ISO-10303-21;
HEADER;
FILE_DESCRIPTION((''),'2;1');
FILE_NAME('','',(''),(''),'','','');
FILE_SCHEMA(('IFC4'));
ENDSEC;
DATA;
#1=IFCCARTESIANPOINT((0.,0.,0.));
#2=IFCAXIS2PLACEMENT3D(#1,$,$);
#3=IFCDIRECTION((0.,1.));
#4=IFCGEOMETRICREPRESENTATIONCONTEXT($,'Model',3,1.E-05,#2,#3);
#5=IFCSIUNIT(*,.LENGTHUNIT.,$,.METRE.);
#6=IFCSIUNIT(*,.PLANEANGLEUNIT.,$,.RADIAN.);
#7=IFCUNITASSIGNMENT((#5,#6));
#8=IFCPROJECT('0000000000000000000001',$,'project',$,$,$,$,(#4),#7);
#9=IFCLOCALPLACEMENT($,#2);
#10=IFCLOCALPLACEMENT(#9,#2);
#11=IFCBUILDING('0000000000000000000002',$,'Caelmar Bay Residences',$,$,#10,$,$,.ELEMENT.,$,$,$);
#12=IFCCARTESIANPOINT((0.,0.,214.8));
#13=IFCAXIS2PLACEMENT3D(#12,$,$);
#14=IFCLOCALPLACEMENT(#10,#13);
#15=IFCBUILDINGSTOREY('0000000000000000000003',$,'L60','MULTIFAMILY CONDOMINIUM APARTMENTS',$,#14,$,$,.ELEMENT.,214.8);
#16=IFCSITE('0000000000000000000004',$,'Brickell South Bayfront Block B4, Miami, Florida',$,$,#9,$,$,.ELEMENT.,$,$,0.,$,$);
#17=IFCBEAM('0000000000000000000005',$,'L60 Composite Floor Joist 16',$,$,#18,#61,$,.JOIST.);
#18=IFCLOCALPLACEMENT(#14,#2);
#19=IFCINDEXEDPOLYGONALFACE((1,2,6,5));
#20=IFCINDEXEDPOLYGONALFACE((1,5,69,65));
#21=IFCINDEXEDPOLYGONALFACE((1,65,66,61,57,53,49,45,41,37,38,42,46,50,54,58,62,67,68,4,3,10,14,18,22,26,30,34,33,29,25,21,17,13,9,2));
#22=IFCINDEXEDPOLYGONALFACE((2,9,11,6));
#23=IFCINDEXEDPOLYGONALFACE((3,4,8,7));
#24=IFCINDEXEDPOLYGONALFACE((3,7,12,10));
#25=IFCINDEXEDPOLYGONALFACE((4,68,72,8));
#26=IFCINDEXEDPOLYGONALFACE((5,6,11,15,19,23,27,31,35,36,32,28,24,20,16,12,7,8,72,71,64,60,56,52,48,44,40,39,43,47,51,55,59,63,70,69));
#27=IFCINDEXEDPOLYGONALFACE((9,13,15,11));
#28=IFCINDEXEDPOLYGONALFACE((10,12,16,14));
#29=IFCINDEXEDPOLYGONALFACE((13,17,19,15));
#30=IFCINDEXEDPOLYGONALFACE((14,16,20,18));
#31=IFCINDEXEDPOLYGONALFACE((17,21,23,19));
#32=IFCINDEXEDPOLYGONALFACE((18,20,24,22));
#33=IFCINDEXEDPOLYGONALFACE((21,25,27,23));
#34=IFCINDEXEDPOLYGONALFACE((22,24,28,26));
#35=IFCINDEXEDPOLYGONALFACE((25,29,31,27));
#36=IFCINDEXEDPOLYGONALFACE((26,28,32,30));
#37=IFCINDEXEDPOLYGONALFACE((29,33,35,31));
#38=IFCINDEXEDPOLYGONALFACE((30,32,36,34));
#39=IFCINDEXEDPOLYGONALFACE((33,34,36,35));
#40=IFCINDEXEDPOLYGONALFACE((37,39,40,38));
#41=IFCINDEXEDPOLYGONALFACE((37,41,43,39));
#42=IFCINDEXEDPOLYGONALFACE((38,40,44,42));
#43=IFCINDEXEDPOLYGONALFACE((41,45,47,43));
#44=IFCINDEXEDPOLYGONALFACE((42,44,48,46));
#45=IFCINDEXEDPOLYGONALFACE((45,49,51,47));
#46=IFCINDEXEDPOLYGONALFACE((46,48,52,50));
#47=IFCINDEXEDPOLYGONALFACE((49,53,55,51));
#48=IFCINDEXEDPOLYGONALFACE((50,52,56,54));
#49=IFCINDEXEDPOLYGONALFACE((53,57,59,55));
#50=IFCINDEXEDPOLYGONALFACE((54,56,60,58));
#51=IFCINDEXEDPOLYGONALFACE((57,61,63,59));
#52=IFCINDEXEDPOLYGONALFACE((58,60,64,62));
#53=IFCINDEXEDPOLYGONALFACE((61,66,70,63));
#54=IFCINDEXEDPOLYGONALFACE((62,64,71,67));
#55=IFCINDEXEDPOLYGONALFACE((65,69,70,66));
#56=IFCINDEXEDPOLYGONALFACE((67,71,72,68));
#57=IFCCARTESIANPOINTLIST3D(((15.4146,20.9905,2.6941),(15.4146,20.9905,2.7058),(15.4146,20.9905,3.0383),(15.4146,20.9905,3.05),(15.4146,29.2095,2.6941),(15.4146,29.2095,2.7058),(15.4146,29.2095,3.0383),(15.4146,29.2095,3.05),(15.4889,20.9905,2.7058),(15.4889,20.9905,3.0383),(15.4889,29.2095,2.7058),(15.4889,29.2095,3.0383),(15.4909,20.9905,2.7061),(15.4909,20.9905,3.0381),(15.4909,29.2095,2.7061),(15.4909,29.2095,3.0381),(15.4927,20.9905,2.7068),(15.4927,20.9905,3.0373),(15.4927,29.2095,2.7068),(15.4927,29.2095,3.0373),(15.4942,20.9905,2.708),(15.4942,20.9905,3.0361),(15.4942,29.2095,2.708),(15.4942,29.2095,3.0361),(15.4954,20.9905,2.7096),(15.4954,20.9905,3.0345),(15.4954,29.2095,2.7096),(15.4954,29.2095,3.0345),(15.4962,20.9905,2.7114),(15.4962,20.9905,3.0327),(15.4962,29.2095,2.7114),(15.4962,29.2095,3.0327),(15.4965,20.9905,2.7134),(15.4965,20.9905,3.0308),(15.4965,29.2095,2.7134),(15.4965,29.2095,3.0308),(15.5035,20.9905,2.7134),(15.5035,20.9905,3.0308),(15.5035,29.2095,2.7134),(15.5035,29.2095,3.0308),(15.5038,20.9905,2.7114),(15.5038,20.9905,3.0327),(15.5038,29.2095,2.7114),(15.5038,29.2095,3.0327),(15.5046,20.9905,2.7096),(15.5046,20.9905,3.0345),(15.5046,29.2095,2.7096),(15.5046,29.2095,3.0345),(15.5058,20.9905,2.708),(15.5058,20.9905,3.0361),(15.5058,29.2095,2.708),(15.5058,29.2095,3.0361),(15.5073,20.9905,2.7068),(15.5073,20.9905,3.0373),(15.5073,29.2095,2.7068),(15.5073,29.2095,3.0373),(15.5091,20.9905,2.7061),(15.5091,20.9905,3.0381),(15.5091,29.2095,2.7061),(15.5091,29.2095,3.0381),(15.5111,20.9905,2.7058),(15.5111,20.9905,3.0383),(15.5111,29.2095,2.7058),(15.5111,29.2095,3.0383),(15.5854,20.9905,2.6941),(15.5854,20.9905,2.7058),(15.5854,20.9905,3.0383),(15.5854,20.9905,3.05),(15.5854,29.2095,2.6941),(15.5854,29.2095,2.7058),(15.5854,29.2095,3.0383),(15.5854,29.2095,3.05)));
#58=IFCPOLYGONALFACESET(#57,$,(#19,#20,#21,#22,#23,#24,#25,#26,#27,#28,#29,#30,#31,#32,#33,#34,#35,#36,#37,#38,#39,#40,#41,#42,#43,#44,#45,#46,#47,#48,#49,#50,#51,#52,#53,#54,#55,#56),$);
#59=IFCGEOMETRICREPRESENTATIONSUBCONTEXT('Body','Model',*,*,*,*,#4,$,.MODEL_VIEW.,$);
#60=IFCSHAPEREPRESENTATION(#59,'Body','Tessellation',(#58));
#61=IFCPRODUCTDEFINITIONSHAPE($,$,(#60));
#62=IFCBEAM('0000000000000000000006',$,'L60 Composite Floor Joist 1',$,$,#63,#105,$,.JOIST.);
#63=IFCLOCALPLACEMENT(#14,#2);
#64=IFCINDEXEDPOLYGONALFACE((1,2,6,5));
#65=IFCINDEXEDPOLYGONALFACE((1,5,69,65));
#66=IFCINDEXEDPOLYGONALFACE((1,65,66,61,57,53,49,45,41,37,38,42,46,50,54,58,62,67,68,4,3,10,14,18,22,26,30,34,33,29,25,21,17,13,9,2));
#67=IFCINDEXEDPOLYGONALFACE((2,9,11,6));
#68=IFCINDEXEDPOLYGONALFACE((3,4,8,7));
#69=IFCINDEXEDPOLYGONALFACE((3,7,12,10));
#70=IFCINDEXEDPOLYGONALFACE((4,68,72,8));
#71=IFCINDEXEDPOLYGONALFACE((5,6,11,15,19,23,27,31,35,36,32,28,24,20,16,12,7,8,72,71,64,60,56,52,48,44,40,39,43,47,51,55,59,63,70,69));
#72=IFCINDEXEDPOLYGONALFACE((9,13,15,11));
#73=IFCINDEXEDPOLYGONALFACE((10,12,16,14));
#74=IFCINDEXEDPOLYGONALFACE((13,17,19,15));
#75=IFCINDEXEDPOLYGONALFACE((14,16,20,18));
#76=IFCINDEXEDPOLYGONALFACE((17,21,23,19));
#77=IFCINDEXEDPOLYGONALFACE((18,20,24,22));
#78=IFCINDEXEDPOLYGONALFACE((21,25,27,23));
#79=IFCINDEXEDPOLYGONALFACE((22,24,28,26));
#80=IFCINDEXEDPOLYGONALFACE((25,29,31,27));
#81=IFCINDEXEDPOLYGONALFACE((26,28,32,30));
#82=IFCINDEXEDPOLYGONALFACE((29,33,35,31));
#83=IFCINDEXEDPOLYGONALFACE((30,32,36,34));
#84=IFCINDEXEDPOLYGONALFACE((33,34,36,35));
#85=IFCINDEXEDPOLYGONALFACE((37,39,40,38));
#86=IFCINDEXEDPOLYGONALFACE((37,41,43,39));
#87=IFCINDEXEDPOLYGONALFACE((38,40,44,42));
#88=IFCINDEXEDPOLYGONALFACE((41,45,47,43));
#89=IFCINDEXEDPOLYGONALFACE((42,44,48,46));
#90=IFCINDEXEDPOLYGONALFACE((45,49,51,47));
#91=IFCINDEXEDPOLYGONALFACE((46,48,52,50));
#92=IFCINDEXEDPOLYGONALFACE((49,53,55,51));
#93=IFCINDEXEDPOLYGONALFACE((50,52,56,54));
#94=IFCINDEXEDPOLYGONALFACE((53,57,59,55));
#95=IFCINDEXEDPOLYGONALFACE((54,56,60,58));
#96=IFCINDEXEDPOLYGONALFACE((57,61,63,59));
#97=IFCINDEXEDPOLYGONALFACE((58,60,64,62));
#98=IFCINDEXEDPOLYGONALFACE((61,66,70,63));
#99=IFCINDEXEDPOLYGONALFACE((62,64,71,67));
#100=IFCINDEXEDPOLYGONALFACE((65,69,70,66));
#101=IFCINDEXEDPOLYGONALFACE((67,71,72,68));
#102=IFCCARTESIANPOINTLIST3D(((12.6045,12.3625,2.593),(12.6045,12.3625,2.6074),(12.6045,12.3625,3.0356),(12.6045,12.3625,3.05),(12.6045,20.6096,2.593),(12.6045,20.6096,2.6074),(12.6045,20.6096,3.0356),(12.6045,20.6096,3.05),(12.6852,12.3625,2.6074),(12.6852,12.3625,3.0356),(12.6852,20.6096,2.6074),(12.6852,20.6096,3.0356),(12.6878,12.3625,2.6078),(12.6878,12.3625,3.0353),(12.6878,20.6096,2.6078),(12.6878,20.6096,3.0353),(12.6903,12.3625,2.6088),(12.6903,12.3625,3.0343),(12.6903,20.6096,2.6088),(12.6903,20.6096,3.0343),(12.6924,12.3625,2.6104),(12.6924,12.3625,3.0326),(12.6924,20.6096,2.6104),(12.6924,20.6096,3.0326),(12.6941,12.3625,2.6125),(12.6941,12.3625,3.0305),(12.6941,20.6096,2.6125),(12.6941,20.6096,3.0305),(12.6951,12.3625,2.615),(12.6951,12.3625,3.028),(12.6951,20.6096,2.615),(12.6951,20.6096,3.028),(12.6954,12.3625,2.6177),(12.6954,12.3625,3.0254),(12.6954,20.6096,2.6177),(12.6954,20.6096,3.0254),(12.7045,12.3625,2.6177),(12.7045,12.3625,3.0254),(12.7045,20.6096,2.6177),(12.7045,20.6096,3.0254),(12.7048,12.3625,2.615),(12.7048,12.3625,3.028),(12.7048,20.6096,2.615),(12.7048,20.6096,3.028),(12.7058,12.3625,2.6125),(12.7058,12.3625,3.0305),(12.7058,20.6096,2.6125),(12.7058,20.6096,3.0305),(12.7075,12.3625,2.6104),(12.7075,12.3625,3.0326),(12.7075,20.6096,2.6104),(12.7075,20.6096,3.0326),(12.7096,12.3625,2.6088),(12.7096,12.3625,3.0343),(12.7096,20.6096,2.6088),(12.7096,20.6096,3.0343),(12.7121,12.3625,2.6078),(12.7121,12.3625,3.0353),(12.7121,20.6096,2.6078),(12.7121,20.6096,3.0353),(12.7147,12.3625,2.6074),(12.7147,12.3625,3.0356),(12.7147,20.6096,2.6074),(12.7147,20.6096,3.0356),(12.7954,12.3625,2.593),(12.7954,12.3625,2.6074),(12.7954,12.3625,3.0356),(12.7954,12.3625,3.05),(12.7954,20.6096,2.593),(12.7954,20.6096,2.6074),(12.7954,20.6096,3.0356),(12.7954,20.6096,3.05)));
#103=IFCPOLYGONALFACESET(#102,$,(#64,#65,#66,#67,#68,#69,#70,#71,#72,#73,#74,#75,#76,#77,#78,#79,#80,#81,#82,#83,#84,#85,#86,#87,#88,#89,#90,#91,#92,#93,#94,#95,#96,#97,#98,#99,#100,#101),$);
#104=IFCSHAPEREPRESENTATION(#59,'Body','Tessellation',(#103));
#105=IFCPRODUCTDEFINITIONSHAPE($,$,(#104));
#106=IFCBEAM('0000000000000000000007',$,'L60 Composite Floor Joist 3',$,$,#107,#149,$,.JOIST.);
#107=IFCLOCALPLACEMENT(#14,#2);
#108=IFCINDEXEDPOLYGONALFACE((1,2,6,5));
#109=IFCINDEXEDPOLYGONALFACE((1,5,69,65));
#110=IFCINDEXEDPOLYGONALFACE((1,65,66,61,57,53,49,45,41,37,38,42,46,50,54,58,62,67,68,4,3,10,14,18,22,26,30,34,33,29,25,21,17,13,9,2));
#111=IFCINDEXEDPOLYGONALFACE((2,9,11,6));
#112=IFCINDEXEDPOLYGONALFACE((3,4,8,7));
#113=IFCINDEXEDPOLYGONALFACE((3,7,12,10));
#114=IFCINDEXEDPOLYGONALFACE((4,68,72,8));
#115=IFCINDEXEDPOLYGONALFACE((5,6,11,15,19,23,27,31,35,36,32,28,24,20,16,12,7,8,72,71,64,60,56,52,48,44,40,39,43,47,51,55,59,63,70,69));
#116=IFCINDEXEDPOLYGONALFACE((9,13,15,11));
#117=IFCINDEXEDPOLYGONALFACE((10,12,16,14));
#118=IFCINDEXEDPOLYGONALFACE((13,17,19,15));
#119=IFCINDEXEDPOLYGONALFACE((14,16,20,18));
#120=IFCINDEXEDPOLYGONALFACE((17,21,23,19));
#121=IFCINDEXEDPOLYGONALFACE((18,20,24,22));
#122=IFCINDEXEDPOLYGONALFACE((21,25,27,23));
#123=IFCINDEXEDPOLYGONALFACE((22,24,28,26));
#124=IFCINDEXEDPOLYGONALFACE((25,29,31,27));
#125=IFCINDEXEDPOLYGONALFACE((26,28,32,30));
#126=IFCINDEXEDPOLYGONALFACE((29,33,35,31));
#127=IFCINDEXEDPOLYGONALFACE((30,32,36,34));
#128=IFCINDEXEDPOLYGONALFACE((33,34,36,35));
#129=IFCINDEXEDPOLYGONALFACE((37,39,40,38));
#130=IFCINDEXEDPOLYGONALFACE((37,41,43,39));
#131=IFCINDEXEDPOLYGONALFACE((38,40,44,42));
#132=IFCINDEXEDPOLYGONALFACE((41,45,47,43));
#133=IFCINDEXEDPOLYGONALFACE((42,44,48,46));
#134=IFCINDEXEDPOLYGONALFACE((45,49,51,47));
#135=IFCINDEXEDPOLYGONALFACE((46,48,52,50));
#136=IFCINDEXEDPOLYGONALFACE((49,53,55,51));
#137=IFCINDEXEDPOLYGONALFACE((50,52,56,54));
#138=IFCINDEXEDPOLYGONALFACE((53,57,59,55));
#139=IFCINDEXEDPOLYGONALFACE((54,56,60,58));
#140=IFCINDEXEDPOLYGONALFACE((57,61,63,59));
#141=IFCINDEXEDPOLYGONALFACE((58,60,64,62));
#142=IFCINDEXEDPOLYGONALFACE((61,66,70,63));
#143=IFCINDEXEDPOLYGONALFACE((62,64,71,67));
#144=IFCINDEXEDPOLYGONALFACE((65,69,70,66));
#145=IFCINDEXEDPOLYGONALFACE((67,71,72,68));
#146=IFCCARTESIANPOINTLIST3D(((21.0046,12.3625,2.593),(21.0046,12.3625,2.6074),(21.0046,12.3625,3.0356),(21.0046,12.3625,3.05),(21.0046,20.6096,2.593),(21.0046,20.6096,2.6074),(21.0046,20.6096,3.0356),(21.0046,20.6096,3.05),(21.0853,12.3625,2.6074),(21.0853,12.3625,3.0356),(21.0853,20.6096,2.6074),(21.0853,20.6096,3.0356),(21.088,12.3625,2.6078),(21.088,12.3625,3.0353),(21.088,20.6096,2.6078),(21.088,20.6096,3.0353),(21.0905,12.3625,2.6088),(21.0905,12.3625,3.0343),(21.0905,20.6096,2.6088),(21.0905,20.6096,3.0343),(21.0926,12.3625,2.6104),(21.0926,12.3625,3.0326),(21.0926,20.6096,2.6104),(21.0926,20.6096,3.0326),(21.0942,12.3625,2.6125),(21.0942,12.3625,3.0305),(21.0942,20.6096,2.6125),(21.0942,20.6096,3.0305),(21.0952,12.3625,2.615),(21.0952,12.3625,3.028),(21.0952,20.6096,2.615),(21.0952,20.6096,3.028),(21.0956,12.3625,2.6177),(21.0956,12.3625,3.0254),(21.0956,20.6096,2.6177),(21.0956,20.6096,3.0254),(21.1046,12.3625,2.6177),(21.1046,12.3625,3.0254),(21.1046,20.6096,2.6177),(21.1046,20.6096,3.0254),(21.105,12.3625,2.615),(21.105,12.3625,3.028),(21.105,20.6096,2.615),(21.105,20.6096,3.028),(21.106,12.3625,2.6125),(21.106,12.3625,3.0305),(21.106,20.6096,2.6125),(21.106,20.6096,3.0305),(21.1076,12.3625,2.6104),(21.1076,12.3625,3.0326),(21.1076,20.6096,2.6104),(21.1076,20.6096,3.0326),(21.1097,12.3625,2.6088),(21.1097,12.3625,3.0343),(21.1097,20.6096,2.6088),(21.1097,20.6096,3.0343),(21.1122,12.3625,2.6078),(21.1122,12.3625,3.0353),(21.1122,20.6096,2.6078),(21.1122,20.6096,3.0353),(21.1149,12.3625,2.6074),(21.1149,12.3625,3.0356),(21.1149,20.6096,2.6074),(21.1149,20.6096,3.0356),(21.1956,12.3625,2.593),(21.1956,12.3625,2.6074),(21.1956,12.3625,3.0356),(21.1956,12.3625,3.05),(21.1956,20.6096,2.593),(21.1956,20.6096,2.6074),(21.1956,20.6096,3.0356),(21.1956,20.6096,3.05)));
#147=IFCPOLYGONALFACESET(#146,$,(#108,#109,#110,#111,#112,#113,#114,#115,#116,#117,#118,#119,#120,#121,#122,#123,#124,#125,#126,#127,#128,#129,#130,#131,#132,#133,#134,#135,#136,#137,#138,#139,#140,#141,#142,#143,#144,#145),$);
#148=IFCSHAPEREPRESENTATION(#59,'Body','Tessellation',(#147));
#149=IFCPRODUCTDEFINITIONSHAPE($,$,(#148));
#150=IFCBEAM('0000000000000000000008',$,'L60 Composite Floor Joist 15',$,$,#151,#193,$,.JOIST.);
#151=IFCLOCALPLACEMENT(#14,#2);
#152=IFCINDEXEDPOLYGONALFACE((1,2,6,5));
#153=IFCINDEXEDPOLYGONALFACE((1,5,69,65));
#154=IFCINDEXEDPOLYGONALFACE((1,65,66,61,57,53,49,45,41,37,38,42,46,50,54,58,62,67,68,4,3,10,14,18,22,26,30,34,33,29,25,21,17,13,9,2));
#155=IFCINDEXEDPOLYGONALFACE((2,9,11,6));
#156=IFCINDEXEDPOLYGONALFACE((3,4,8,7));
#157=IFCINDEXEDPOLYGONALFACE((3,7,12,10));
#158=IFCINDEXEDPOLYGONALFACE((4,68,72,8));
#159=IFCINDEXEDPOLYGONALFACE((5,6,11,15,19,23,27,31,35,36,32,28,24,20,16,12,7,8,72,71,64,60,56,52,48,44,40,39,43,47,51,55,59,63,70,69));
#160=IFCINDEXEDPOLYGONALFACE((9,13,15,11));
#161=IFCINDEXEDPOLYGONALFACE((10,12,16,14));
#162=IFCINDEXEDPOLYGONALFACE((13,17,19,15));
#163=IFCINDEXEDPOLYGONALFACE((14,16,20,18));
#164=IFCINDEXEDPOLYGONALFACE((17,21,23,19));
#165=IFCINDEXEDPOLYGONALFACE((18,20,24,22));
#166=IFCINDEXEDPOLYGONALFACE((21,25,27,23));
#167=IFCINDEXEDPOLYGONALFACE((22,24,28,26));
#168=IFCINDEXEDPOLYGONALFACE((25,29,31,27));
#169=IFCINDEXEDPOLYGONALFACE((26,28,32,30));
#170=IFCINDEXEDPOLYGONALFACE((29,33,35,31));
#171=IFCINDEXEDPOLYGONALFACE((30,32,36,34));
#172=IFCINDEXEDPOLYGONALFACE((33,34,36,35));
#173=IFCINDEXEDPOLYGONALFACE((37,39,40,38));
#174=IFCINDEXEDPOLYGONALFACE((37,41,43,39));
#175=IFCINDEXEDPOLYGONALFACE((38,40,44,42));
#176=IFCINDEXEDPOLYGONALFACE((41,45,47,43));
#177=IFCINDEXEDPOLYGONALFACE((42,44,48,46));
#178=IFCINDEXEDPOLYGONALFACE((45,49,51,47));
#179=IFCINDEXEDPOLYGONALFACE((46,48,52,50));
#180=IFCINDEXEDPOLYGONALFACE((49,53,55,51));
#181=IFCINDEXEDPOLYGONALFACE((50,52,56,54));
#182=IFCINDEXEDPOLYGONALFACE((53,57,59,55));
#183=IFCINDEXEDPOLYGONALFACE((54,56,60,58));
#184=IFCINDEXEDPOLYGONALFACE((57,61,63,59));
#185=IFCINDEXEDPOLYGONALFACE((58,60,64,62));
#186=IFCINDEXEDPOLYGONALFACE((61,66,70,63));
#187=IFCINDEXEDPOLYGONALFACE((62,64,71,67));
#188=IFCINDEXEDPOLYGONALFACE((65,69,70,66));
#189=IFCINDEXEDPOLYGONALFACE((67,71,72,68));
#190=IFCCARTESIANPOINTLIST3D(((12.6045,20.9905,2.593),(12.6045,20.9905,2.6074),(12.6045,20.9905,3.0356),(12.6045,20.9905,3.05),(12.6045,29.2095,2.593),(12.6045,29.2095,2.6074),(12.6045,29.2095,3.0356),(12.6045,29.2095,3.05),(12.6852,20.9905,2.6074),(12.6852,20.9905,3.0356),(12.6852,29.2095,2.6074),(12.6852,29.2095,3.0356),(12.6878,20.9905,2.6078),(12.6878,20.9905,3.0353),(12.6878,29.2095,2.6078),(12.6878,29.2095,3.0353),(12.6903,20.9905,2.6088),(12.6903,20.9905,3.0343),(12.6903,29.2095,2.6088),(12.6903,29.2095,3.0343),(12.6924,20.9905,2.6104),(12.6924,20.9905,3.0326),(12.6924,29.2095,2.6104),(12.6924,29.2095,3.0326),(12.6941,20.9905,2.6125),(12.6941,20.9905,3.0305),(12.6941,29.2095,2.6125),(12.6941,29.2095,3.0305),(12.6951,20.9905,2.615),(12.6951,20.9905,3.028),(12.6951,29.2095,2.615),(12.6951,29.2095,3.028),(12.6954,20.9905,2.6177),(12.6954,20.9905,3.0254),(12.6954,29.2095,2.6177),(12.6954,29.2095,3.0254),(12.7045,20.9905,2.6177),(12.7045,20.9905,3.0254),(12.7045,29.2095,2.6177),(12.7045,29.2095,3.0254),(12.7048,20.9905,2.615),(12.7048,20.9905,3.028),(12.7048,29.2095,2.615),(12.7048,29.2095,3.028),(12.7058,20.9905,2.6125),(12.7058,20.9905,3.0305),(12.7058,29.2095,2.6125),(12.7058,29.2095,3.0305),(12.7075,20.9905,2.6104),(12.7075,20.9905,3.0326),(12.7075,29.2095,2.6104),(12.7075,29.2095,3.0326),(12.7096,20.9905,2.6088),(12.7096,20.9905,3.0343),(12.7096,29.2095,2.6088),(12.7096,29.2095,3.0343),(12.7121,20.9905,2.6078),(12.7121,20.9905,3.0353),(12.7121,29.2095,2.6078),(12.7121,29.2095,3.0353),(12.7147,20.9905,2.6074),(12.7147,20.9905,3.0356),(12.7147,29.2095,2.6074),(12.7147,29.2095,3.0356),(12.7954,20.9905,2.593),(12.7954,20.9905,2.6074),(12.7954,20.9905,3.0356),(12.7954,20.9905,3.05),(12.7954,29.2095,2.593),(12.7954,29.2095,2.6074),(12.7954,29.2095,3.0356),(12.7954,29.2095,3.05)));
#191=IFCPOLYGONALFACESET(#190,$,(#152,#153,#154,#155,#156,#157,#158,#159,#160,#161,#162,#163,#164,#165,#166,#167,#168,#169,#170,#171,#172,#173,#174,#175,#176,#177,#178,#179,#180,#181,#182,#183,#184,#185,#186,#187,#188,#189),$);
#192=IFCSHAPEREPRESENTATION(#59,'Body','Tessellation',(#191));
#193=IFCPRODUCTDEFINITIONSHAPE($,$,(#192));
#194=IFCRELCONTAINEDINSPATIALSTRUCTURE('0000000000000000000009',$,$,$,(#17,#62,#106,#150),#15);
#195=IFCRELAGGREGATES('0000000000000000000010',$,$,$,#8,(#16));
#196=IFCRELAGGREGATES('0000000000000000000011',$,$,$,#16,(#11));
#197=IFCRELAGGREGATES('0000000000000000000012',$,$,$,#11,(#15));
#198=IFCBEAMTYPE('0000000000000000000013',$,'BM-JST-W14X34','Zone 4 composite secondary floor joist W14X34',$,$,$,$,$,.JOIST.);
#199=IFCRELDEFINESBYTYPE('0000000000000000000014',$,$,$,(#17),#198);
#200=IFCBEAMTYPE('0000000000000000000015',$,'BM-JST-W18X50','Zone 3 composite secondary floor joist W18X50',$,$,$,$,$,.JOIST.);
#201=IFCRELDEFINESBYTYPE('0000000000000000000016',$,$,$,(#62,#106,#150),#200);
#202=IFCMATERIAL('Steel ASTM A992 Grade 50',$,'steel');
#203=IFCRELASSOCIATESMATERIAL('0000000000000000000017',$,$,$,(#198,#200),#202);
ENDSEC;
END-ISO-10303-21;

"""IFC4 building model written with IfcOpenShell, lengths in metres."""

from ifc_helpers import new_model, si_unit, direction, frame, origin, origin_2d, place, context, subcontext, project, spatial, i_section, extrude, material, material_profile, profile_set, type_object, element, save


model = new_model("IFC4")

# Units and contexts
model_context = context("Model", 3, precision=1e-05, world=origin(), true_north=direction((0.0, 1.0)))
body_context = subcontext(model_context, "Body", "Model", "MODEL_VIEW")
ifc_project = project(units=[si_unit("LENGTHUNIT", "METRE"), si_unit("PLANEANGLEUNIT", "RADIAN")], contexts=[model_context])

# Site, building, storey
site_placement = place(None, origin())
site = spatial("IfcSite", under=ifc_project, at=site_placement, Name="Brickell South Bayfront Block B4, Miami, Florida", CompositionType="ELEMENT", RefElevation=0.0)
building_placement = place(site_placement, origin())
building = spatial("IfcBuilding", under=site, at=building_placement, Name="Caelmar Bay Residences", CompositionType="ELEMENT")
storey_placement = place(building_placement, frame((0.0, 0.0, 214.8)))
storey = spatial("IfcBuildingStorey", under=building, at=storey_placement, Name="L60", Description="MULTIFAMILY CONDOMINIUM APARTMENTS", CompositionType="ELEMENT", Elevation=214.8)

# Beams
ifc_material_1 = material(Name="Steel ASTM A992 Grade 50", Category="steel")
ifc_material_profile_1 = material_profile(ifc_material_1, i_section(OverallWidth=0.1709, OverallDepth=0.356, WebThickness=0.0071, FlangeThickness=0.0117, FilletRadius=0.0076, at=origin_2d()), Name="W14X34")
ifc_profile_set_1 = profile_set([ifc_material_profile_1], Name="Steel ASTM A992 Grade 50")
beam_type_1 = type_object("IfcBeamType", Name="BM-JST-W14X34", Description="Zone 4 composite secondary floor joist W14X34", PredefinedType="JOIST", material=ifc_profile_set_1)
beam_1_placement = place(storey_placement, frame((15.5, 20.9905, 2.8721), z_axis=(0.0, 1.0, 0.0), x_axis=(-1.0, 0.0, 0.0)))
element("IfcBeam", 1, at=beam_1_placement, inside=storey, type_object=beam_type_1, Name="L60 Composite Floor Joist 16", PredefinedType="JOIST", context=body_context, shape_type="SweptSolid", body=[
    extrude(i_section(OverallWidth=0.1709, OverallDepth=0.356, WebThickness=0.0071, FlangeThickness=0.0117, FilletRadius=0.0076, at=origin_2d()), origin(), (0.0, 0.0, 1.0), 8.219),
])
ifc_material_profile_2 = material_profile(ifc_material_1, i_section(OverallWidth=0.1909, OverallDepth=0.457, WebThickness=0.009, FlangeThickness=0.0144, FilletRadius=0.0103, at=origin_2d()), Name="W18X50")
ifc_profile_set_2 = profile_set([ifc_material_profile_2], Name="Steel ASTM A992 Grade 50")
beam_type_2 = type_object("IfcBeamType", Name="BM-JST-W18X50", Description="Zone 3 composite secondary floor joist W18X50", PredefinedType="JOIST", material=ifc_profile_set_2)
for number, where, z_axis, x_axis, name in (
    (2, (12.7, 12.3625, 2.8215), (0.0, 1.0, 0.0), (-1.0, 0.0, 0.0), "L60 Composite Floor Joist 1"),
    (3, (21.1001, 12.3625, 2.8215), (0.0, 1.0, 0.0), (-1.0, 0.0, 0.0), "L60 Composite Floor Joist 3"),
):
    element("IfcBeam", number, at=place(storey_placement, frame(where, z_axis=z_axis, x_axis=x_axis)), inside=storey, type_object=beam_type_2, Name=name, PredefinedType="JOIST", context=body_context, shape_type="SweptSolid", body=[
        extrude(i_section(OverallWidth=0.1909, OverallDepth=0.457, WebThickness=0.009, FlangeThickness=0.0144, FilletRadius=0.0103, at=origin_2d()), origin(), (0.0, 0.0, 1.0), 8.2471),
    ])
beam_2_placement = place(storey_placement, frame((12.7, 20.9905, 2.8215), z_axis=(0.0, 1.0, 0.0), x_axis=(-1.0, 0.0, 0.0)))
element("IfcBeam", 4, at=beam_2_placement, inside=storey, type_object=beam_type_2, Name="L60 Composite Floor Joist 15", PredefinedType="JOIST", context=body_context, shape_type="SweptSolid", body=[
    extrude(i_section(OverallWidth=0.1909, OverallDepth=0.457, WebThickness=0.009, FlangeThickness=0.0144, FilletRadius=0.0103, at=origin_2d()), origin(), (0.0, 0.0, 1.0), 8.219),
])

save(model, "model.ifc")
